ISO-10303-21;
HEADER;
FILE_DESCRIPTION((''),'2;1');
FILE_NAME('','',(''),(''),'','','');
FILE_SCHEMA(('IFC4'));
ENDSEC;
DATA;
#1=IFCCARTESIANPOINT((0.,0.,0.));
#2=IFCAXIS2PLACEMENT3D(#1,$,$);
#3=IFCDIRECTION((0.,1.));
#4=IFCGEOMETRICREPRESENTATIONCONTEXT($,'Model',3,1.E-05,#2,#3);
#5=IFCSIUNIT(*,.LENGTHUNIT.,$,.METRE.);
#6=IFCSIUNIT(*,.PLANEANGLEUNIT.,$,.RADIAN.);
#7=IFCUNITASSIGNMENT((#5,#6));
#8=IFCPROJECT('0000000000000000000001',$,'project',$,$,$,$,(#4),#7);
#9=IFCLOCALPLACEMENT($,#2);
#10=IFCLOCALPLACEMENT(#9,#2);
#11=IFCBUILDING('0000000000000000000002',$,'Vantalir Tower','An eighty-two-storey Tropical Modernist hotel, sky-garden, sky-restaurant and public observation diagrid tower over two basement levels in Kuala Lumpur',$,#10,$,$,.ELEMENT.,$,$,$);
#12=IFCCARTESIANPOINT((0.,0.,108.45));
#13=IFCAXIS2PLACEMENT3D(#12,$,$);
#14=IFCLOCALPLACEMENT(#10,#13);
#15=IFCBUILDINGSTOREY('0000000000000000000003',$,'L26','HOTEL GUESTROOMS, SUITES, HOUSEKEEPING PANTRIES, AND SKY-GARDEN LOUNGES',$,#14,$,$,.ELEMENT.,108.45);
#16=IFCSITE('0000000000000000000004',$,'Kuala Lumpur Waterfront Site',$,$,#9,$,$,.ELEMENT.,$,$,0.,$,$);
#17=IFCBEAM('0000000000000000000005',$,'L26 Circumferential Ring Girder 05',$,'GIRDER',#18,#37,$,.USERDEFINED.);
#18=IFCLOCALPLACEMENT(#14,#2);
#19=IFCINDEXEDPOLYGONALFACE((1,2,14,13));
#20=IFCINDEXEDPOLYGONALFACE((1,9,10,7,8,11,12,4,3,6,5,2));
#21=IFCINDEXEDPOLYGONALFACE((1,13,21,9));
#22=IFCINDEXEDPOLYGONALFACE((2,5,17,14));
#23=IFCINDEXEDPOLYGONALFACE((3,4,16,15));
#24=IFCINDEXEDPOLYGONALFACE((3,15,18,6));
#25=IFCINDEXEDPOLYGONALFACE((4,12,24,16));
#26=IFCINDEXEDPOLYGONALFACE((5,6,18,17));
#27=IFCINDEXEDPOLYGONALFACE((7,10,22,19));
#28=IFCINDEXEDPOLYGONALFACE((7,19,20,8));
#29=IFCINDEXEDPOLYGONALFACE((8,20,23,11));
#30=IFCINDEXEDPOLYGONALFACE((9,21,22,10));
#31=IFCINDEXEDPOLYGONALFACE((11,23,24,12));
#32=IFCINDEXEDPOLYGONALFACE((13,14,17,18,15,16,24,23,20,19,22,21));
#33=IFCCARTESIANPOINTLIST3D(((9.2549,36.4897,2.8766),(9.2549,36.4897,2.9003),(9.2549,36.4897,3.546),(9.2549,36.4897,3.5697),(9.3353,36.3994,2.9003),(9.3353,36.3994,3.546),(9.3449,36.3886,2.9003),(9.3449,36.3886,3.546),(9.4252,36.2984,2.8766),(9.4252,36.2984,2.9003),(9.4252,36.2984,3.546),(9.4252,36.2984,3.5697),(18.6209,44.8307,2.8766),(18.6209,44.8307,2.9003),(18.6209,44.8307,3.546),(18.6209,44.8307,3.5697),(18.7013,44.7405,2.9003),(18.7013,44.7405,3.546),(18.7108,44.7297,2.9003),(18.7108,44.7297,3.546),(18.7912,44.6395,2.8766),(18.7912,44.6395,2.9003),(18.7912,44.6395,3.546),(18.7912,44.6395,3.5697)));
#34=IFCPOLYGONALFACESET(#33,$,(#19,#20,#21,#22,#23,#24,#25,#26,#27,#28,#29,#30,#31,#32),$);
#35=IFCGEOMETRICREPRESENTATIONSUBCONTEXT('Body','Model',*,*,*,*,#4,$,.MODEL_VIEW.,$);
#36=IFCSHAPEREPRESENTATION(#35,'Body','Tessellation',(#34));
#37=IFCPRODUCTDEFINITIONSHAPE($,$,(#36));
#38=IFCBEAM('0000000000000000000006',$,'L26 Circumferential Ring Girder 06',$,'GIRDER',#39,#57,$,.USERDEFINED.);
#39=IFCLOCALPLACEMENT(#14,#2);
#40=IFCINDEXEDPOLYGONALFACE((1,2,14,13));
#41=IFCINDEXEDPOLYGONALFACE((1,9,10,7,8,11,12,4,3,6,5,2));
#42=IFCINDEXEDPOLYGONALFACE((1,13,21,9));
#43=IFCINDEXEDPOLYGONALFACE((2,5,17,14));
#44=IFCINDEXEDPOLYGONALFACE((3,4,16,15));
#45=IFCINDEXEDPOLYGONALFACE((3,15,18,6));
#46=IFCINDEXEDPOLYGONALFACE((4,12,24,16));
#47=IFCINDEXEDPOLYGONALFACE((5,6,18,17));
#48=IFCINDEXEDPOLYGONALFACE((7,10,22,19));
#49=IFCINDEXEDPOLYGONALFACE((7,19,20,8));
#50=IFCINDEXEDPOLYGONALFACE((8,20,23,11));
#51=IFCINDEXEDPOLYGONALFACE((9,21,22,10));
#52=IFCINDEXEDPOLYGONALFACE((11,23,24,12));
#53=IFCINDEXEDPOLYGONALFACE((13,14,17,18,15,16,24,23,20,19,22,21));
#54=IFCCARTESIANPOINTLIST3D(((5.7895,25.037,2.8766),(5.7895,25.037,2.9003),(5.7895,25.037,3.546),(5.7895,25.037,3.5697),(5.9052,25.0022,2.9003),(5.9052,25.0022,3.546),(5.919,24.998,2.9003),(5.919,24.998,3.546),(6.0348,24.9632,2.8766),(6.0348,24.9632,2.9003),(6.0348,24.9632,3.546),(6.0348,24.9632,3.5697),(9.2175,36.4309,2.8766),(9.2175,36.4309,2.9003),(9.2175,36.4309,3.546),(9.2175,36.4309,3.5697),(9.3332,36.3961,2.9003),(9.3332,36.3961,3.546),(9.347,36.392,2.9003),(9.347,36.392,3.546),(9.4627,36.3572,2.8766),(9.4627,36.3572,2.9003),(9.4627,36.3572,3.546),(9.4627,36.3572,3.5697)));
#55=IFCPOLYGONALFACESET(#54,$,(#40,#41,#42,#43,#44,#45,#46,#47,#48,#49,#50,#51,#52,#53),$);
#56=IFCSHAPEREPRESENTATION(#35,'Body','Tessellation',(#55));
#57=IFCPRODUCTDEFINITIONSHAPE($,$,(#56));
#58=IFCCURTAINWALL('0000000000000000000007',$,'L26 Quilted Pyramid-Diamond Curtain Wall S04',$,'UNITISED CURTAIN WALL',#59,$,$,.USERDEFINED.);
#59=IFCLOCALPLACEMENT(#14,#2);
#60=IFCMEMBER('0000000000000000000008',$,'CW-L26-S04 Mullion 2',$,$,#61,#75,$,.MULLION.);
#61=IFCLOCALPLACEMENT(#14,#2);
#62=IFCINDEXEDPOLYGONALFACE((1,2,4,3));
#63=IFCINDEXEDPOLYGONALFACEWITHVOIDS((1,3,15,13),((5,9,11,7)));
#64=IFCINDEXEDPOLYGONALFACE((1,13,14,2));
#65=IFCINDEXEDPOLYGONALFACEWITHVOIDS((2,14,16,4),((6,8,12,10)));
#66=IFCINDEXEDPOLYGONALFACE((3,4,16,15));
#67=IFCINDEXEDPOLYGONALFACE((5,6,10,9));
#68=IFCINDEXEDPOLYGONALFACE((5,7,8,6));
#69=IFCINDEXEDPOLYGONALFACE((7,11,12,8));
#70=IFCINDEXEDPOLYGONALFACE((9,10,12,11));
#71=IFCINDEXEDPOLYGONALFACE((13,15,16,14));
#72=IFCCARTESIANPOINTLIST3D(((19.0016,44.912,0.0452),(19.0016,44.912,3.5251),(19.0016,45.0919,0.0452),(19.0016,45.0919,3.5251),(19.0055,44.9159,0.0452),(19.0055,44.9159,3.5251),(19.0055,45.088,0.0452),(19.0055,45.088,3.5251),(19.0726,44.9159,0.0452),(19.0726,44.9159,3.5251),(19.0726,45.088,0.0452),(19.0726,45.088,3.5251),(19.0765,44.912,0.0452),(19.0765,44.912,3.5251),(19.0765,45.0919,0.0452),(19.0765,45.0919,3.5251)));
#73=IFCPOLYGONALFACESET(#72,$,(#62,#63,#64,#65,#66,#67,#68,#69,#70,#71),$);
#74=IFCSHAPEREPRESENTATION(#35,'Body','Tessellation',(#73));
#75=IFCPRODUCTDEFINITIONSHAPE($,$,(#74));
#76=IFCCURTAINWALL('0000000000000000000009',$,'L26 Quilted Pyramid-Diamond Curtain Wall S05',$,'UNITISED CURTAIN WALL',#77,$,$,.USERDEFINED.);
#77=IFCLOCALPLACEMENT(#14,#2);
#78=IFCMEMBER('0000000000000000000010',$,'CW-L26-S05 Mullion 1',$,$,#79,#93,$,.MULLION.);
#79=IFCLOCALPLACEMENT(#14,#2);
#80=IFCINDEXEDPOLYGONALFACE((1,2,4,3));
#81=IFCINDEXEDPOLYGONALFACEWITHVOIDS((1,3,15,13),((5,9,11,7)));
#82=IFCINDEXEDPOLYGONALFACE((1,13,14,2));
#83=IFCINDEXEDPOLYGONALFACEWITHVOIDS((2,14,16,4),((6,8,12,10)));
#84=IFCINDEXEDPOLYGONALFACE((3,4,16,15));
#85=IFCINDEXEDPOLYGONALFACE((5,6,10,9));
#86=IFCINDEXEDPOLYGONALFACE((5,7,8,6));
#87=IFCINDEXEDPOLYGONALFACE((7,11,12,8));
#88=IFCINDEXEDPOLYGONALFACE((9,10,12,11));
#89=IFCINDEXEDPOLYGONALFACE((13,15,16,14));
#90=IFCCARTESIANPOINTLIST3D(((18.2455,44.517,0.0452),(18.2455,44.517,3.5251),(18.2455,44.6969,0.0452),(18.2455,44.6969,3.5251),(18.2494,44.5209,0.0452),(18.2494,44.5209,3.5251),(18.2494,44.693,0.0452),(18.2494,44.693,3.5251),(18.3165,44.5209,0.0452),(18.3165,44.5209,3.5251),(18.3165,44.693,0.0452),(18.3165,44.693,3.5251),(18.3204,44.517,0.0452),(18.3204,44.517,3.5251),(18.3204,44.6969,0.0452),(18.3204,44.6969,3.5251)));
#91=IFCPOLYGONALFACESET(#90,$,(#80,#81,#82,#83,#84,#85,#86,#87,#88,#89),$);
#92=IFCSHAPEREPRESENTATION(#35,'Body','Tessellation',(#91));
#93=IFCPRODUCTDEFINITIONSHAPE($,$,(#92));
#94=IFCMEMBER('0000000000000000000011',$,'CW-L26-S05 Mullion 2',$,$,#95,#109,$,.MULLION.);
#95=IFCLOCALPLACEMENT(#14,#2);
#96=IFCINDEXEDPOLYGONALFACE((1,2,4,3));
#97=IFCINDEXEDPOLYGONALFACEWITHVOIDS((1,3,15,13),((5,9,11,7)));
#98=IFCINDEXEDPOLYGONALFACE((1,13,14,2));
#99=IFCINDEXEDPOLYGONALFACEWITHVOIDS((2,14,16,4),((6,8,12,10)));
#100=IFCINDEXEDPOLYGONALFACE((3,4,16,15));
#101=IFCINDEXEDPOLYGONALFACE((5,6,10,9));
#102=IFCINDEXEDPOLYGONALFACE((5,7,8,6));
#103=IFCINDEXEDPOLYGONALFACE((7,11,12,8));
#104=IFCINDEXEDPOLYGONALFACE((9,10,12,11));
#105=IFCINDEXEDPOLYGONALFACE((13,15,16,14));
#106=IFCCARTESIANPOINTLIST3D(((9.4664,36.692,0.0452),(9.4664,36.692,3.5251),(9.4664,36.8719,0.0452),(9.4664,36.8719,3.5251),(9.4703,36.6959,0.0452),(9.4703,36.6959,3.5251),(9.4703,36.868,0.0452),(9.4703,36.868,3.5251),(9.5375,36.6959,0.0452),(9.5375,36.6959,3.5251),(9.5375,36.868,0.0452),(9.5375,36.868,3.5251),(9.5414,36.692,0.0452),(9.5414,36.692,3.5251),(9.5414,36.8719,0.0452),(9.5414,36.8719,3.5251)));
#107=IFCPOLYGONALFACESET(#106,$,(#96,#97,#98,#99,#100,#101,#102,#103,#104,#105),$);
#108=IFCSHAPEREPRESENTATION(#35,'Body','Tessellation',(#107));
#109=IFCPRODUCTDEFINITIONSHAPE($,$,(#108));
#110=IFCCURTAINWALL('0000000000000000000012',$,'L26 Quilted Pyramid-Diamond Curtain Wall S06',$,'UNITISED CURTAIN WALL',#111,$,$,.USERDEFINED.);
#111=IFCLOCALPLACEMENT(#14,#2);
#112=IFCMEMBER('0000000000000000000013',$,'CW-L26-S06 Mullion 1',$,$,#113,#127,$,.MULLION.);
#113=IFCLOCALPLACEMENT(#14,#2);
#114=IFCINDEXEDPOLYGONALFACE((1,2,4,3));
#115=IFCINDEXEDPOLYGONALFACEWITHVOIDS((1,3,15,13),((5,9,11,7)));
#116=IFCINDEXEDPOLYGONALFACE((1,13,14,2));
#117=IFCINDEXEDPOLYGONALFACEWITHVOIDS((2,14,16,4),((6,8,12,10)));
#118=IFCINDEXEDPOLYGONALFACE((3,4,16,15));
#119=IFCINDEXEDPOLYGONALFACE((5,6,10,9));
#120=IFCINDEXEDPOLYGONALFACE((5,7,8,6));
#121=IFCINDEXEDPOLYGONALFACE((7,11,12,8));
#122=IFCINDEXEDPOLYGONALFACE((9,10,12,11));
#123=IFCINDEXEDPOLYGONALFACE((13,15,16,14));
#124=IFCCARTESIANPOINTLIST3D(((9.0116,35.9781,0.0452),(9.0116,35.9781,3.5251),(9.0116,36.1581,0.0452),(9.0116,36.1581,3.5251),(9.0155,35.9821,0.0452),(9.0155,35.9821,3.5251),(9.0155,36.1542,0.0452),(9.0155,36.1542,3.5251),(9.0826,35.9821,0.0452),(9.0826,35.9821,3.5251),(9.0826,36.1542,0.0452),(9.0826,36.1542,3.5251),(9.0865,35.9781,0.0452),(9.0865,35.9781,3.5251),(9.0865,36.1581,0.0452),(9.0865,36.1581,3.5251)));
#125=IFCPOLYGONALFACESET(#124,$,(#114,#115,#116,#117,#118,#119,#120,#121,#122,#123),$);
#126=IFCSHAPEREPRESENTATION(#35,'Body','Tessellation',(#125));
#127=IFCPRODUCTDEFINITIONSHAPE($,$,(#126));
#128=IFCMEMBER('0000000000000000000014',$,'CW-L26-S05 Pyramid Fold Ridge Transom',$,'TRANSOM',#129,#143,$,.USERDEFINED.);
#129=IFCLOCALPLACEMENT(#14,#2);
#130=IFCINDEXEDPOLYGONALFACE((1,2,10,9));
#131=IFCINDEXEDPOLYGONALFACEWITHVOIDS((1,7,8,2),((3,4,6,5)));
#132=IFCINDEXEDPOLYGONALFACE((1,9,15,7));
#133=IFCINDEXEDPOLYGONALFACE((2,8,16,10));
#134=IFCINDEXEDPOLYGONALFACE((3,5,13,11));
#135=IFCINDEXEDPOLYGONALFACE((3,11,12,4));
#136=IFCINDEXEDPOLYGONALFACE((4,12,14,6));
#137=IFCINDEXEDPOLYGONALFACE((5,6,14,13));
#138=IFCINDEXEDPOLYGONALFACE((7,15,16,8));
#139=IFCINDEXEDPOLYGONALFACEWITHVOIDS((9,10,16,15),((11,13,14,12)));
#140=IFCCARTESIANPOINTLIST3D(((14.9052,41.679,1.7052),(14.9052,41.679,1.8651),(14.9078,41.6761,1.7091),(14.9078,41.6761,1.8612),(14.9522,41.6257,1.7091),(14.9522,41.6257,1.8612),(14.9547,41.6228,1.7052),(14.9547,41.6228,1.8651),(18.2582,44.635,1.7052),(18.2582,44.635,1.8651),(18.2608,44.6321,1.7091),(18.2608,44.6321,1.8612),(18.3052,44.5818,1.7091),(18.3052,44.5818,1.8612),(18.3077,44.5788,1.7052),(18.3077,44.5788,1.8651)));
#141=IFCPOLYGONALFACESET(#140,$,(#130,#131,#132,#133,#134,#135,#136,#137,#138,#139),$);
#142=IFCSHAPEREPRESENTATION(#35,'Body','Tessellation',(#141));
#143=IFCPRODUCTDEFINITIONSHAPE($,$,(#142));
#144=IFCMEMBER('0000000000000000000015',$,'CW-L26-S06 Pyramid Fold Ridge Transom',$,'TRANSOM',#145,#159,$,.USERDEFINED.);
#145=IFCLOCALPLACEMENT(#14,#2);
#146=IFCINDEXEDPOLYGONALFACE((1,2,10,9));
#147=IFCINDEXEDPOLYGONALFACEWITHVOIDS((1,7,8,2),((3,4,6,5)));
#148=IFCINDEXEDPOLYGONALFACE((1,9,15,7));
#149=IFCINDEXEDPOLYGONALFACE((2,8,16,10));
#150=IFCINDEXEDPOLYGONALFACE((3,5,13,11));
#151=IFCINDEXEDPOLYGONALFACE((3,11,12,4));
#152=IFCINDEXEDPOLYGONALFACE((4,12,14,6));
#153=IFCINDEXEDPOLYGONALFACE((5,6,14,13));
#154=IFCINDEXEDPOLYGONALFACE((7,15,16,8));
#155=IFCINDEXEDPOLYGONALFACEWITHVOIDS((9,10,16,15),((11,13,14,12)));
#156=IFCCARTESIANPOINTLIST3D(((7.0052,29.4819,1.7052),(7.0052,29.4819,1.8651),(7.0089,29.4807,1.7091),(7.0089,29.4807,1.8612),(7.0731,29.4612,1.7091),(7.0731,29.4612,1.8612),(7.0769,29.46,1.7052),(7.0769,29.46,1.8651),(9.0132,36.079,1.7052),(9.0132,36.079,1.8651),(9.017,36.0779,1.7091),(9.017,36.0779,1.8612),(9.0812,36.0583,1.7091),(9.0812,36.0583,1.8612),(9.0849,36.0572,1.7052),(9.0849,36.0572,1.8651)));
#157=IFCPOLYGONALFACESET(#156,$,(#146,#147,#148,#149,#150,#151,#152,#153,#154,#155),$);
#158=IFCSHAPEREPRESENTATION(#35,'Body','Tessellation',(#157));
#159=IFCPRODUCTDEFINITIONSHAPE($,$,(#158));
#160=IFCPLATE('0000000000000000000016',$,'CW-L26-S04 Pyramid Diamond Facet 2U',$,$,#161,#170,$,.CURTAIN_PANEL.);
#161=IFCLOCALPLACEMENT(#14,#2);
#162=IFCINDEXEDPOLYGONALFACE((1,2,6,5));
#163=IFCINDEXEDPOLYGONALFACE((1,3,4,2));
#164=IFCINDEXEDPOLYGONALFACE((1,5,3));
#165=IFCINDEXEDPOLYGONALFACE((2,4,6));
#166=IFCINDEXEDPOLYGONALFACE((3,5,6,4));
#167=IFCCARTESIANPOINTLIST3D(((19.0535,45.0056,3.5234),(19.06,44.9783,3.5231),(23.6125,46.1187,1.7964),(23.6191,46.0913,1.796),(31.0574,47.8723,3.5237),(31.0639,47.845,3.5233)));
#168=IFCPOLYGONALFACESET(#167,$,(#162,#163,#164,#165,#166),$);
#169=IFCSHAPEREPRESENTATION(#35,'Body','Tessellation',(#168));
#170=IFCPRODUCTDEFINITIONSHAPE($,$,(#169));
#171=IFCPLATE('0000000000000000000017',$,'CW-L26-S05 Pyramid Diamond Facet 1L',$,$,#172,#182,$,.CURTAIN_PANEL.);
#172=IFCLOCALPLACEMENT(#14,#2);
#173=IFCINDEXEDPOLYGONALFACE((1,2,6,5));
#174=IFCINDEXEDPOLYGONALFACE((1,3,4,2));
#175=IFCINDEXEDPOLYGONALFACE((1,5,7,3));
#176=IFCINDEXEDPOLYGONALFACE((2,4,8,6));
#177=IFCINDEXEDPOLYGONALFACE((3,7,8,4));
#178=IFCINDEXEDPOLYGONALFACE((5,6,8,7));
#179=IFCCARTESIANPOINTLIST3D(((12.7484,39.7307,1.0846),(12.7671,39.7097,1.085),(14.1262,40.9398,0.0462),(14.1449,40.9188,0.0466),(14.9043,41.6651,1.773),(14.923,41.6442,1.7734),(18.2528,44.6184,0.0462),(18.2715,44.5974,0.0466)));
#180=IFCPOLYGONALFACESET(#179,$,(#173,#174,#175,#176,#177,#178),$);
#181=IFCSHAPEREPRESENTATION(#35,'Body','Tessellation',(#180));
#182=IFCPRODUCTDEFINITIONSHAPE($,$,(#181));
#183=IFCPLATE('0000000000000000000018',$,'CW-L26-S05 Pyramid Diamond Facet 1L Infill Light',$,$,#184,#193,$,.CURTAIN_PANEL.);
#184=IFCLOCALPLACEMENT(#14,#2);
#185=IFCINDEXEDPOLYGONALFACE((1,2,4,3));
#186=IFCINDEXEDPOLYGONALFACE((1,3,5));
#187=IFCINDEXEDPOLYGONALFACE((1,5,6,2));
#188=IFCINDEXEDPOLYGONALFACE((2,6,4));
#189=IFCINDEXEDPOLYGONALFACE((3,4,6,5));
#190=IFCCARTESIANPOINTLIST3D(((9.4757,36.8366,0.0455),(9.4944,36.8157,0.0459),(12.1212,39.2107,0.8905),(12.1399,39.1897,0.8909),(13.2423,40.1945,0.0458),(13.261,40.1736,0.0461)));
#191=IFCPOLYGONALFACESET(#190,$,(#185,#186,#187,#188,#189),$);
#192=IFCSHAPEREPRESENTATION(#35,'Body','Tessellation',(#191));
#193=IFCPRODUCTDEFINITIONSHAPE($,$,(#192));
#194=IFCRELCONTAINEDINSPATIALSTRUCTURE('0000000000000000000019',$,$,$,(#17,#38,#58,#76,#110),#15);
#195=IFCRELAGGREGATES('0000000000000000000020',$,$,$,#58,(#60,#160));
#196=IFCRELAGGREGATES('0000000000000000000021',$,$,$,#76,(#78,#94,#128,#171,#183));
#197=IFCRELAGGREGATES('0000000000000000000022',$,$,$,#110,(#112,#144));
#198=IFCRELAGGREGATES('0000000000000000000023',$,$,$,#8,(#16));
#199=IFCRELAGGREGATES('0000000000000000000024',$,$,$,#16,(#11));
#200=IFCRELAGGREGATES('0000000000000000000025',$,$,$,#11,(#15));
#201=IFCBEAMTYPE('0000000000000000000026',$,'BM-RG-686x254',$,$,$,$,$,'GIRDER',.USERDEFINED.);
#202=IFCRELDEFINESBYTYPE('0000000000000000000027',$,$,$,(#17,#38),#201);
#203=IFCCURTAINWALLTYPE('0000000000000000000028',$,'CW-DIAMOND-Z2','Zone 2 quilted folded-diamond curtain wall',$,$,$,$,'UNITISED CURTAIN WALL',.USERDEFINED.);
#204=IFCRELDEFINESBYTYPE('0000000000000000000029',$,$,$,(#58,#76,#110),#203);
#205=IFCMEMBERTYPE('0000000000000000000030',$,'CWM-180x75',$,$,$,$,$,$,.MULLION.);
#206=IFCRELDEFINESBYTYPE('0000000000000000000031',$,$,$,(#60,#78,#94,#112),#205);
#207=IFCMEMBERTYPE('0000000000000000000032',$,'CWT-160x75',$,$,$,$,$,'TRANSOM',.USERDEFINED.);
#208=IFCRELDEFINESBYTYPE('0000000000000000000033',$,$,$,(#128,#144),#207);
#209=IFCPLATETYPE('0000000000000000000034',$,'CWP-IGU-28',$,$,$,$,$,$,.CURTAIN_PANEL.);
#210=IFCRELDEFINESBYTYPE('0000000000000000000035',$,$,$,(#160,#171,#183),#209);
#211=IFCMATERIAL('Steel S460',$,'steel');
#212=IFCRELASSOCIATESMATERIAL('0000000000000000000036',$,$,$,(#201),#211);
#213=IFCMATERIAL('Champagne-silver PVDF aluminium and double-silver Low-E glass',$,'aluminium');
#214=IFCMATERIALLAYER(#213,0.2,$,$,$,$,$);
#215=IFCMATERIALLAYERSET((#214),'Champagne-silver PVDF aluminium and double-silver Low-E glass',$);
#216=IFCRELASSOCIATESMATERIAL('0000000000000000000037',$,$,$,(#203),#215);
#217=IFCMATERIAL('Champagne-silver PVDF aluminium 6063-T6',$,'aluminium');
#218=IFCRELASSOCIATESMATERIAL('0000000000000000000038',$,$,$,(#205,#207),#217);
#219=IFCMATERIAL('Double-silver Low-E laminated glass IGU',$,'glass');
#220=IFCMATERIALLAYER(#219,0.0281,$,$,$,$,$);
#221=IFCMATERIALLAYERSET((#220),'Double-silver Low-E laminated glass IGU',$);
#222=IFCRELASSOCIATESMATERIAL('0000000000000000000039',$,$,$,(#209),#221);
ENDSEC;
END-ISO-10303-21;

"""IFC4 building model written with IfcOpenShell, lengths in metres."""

from ifc_helpers import new_model, si_unit, direction, frame, origin, origin_2d, place, context, subcontext, project, spatial, polyline, hollow_rectangle, i_section, outline, extrude, material, layer, layer_set, material_profile, profile_set, type_object, element, aggregate, save


model = new_model("IFC4")

# Units and contexts
model_context = context("Model", 3, precision=1e-05, world=origin(), true_north=direction((0.0, 1.0)))
body_context = subcontext(model_context, "Body", "Model", "MODEL_VIEW")
ifc_project = project(units=[si_unit("LENGTHUNIT", "METRE"), si_unit("PLANEANGLEUNIT", "RADIAN")], contexts=[model_context])

# Site, building, storey
site_placement = place(None, origin())
site = spatial("IfcSite", under=ifc_project, at=site_placement, Name="Kuala Lumpur Waterfront Site", CompositionType="ELEMENT", RefElevation=0.0)
building_placement = place(site_placement, origin())
building = spatial("IfcBuilding", under=site, at=building_placement, Name="Vantalir Tower", Description="An eighty-two-storey Tropical Modernist hotel, sky-garden, sky-restaurant and public observation diagrid tower over two basement levels in Kuala Lumpur", CompositionType="ELEMENT")
storey_placement = place(building_placement, frame((0.0, 0.0, 108.45)))
storey = spatial("IfcBuildingStorey", under=building, at=storey_placement, Name="L26", Description="HOTEL GUESTROOMS, SUITES, HOUSEKEEPING PANTRIES, AND SKY-GARDEN LOUNGES", CompositionType="ELEMENT", Elevation=108.45)

# Shared definitions
ifc_material_1 = material(Name="Steel S460", Category="steel")

# Beams
ifc_material_profile_1 = material_profile(ifc_material_1, i_section(OverallWidth=0.2561, OverallDepth=0.6931, WebThickness=0.0144, FlangeThickness=0.0237, at=origin_2d()), Name="Steel S460")
ifc_profile_set_1 = profile_set([ifc_material_profile_1], Name="Steel S460")
beam_type_1 = type_object("IfcBeamType", Name="BM-RG-686x254", ElementType="GIRDER", PredefinedType="USERDEFINED", material=ifc_profile_set_1)
beam_1_placement = place(storey_placement, frame((18.7061, 44.7351, 3.2231), z_axis=(-0.746785, -0.665066, 0.0), x_axis=(0.665066, -0.746785, 0.0)))
element("IfcBeam", 1, at=beam_1_placement, inside=storey, type_object=beam_type_1, Name="L26 Circumferential Ring Girder 05", ObjectType="GIRDER", PredefinedType="USERDEFINED", context=body_context, shape_type="SweptSolid", body=[
    extrude(i_section(OverallWidth=0.2561, OverallDepth=0.6931, WebThickness=0.0144, FlangeThickness=0.0237, at=origin_2d()), origin(), (0.0, 0.0, 1.0), 12.5417),
])
beam_2_placement = place(storey_placement, frame((9.3401, 36.394, 3.2231), z_axis=(-0.288101, -0.9576, 0.0), x_axis=(0.9576, -0.288101, 0.0)))
element("IfcBeam", 2, at=beam_2_placement, inside=storey, type_object=beam_type_1, Name="L26 Circumferential Ring Girder 06", ObjectType="GIRDER", PredefinedType="USERDEFINED", context=body_context, shape_type="SweptSolid", body=[
    extrude(i_section(OverallWidth=0.2561, OverallDepth=0.6931, WebThickness=0.0144, FlangeThickness=0.0237, at=origin_2d()), origin(), (0.0, 0.0, 1.0), 11.8984),
])

# Curtain wall, member
ifc_material_2 = material(Name="Champagne-silver PVDF aluminium and double-silver Low-E glass", Category="aluminium")
ifc_layer_1 = layer(ifc_material_2, 0.2)
ifc_layer_set_1 = layer_set([ifc_layer_1], Name="Champagne-silver PVDF aluminium and double-silver Low-E glass")
curtain_wall_type = type_object("IfcCurtainWallType", Name="CW-DIAMOND-Z2", Description="Zone 2 quilted folded-diamond curtain wall", ElementType="UNITISED CURTAIN WALL", PredefinedType="USERDEFINED", material=ifc_layer_set_1)
curtain_wall_1_placement = place(storey_placement, origin())
curtain_wall_1 = element("IfcCurtainWall", 3, at=curtain_wall_1_placement, inside=storey, type_object=curtain_wall_type, Name="L26 Quilted Pyramid-Diamond Curtain Wall S04", ObjectType="UNITISED CURTAIN WALL", PredefinedType="USERDEFINED")
ifc_material_3 = material(Name="Champagne-silver PVDF aluminium 6063-T6", Category="aluminium")
ifc_material_profile_2 = material_profile(ifc_material_3, hollow_rectangle(XDim=0.075, YDim=0.1799, WallThickness=0.0039, at=origin_2d()), Name="Champagne-silver PVDF aluminium 6063-T6")
ifc_profile_set_2 = profile_set([ifc_material_profile_2], Name="Champagne-silver PVDF aluminium 6063-T6")
member_type_1 = type_object("IfcMemberType", Name="CWM-180x75", PredefinedType="MULLION", material=ifc_profile_set_2)
member_1_placement = place(storey_placement, frame((19.0391, 45.002, 0.0452), z_axis=(0.0, 0.0, 1.0), x_axis=(1.0, 0.0, 0.0)))
member_1 = element("IfcMember", 4, at=member_1_placement, type_object=member_type_1, Name="CW-L26-S04 Mullion 2", PredefinedType="MULLION", context=body_context, shape_type="SweptSolid", body=[
    extrude(hollow_rectangle(XDim=0.075, YDim=0.1799, WallThickness=0.0039, at=origin_2d()), origin(), (0.0, 0.0, 1.0), 3.48),
])

# Curtain wall, members
curtain_wall_2_placement = place(storey_placement, origin())
curtain_wall_2 = element("IfcCurtainWall", 5, at=curtain_wall_2_placement, inside=storey, type_object=curtain_wall_type, Name="L26 Quilted Pyramid-Diamond Curtain Wall S05", ObjectType="UNITISED CURTAIN WALL", PredefinedType="USERDEFINED")
member_2_placement = place(storey_placement, frame((18.283, 44.6069, 0.0452), z_axis=(0.0, 0.0, 1.0), x_axis=(1.0, 0.0, 0.0)))
member_2 = element("IfcMember", 6, at=member_2_placement, type_object=member_type_1, Name="CW-L26-S05 Mullion 1", PredefinedType="MULLION", context=body_context, shape_type="SweptSolid", body=[
    extrude(hollow_rectangle(XDim=0.075, YDim=0.1799, WallThickness=0.0039, at=origin_2d()), origin(), (0.0, 0.0, 1.0), 3.48),
])
member_3_placement = place(storey_placement, frame((9.5039, 36.782, 0.0452), z_axis=(0.0, 0.0, 1.0), x_axis=(1.0, 0.0, 0.0)))
member_3 = element("IfcMember", 7, at=member_3_placement, type_object=member_type_1, Name="CW-L26-S05 Mullion 2", PredefinedType="MULLION", context=body_context, shape_type="SweptSolid", body=[
    extrude(hollow_rectangle(XDim=0.075, YDim=0.1799, WallThickness=0.0039, at=origin_2d()), origin(), (0.0, 0.0, 1.0), 3.48),
])

# Curtain wall, member
curtain_wall_3_placement = place(storey_placement, origin())
curtain_wall_3 = element("IfcCurtainWall", 8, at=curtain_wall_3_placement, inside=storey, type_object=curtain_wall_type, Name="L26 Quilted Pyramid-Diamond Curtain Wall S06", ObjectType="UNITISED CURTAIN WALL", PredefinedType="USERDEFINED")
member_4_placement = place(storey_placement, frame((9.0491, 36.0681, 0.0452), z_axis=(0.0, 0.0, 1.0), x_axis=(1.0, 0.0, 0.0)))
member_4 = element("IfcMember", 9, at=member_4_placement, type_object=member_type_1, Name="CW-L26-S06 Mullion 1", PredefinedType="MULLION", context=body_context, shape_type="SweptSolid", body=[
    extrude(hollow_rectangle(XDim=0.075, YDim=0.1799, WallThickness=0.0039, at=origin_2d()), origin(), (0.0, 0.0, 1.0), 3.48),
])

# Members
ifc_material_profile_3 = material_profile(ifc_material_3, hollow_rectangle(XDim=0.075, YDim=0.1599, WallThickness=0.0039, at=origin_2d()), Name="Champagne-silver PVDF aluminium 6063-T6")
ifc_profile_set_3 = profile_set([ifc_material_profile_3], Name="Champagne-silver PVDF aluminium 6063-T6")
member_type_2 = type_object("IfcMemberType", Name="CWT-160x75", ElementType="TRANSOM", PredefinedType="USERDEFINED", material=ifc_profile_set_3)
member_5_placement = place(storey_placement, frame((18.283, 44.6069, 1.7852), z_axis=(-0.750115, -0.661307, 0.0), x_axis=(0.661307, -0.750115, 0.0)))
member_5 = element("IfcMember", 10, at=member_5_placement, type_object=member_type_2, Name="CW-L26-S05 Pyramid Fold Ridge Transom", ObjectType="TRANSOM", PredefinedType="USERDEFINED", context=body_context, shape_type="SweptSolid", body=[
    extrude(hollow_rectangle(XDim=0.075, YDim=0.1599, WallThickness=0.0039, at=origin_2d()), origin(), (0.0, 0.0, 1.0), 4.47),
])
member_6_placement = place(storey_placement, frame((9.0491, 36.0681, 1.7852), z_axis=(-0.291191, -0.956665, 0.0), x_axis=(0.956665, -0.291191, 0.0)))
member_6 = element("IfcMember", 11, at=member_6_placement, type_object=member_type_2, Name="CW-L26-S06 Pyramid Fold Ridge Transom", ObjectType="TRANSOM", PredefinedType="USERDEFINED", context=body_context, shape_type="SweptSolid", body=[
    extrude(hollow_rectangle(XDim=0.075, YDim=0.1599, WallThickness=0.0039, at=origin_2d()), origin(), (0.0, 0.0, 1.0), 6.896),
])

# Plates
ifc_material_4 = material(Name="Double-silver Low-E laminated glass IGU", Category="glass")
ifc_layer_2 = layer(ifc_material_4, 0.0281)
ifc_layer_set_2 = layer_set([ifc_layer_2], Name="Double-silver Low-E laminated glass IGU")
plate_type_1 = type_object("IfcPlateType", Name="CWP-IGU-28", PredefinedType="CURTAIN_PANEL", material=ifc_layer_set_2)
plate_1_placement = place(storey_placement, frame((19.0535, 45.0056, 3.5234), z_axis=(-0.232261, 0.972558, 0.013664), x_axis=(0.972648, 0.232282, 0.00002)))
plate_1 = element("IfcPlate", 12, at=plate_1_placement, type_object=plate_type_1, Name="CW-L26-S04 Pyramid Diamond Facet 2U", PredefinedType="CURTAIN_PANEL", context=body_context, shape_type="SweptSolid", body=[
    extrude(outline(polyline([(0.0, 0.0), (12.3415, 0.0), (4.6929, 1.7273), (0.0, 0.0)])), origin(), (0.0, 0.0, -1.0), 0.0281),
])
aggregate(curtain_wall_1, [member_1, plate_1])
plate_2_placement = place(storey_placement, frame((18.2715, 44.5974, 0.0466), z_axis=(0.66536, -0.746396, 0.01372), x_axis=(-0.746467, -0.665423, 0.0)))
plate_2 = element("IfcPlate", 13, at=plate_2_placement, type_object=plate_type_1, Name="CW-L26-S05 Pyramid Diamond Facet 1L", PredefinedType="CURTAIN_PANEL", context=body_context, shape_type="SweptSolid", body=[
    extrude(outline(polyline([(0.0, 0.0), (5.5282, 0.0), (7.3612, -1.0384), (4.4647, -1.727), (0.0, 0.0)])), origin(), (0.0, 0.0, -1.0), 0.0281),
])
plate_3_placement = place(storey_placement, frame((13.261, 40.1736, 0.0461), z_axis=(0.665387, -0.746372, 0.013751), x_axis=(-0.746442, -0.66545, -0.000048)))
plate_3 = element("IfcPlate", 14, at=plate_3_placement, type_object=plate_type_1, Name="CW-L26-S05 Pyramid Diamond Facet 1L Infill Light", PredefinedType="CURTAIN_PANEL", context=body_context, shape_type="SweptSolid", body=[
    extrude(outline(polyline([(0.0, 0.0), (5.0461, 0.0), (1.4915, -0.8449), (0.0, 0.0)])), origin(), (0.0, 0.0, -1.0), 0.0281),
])
aggregate(curtain_wall_2, [member_2, member_3, member_5, plate_2, plate_3])
aggregate(curtain_wall_3, [member_4, member_6])

save(model, "model.ifc")
